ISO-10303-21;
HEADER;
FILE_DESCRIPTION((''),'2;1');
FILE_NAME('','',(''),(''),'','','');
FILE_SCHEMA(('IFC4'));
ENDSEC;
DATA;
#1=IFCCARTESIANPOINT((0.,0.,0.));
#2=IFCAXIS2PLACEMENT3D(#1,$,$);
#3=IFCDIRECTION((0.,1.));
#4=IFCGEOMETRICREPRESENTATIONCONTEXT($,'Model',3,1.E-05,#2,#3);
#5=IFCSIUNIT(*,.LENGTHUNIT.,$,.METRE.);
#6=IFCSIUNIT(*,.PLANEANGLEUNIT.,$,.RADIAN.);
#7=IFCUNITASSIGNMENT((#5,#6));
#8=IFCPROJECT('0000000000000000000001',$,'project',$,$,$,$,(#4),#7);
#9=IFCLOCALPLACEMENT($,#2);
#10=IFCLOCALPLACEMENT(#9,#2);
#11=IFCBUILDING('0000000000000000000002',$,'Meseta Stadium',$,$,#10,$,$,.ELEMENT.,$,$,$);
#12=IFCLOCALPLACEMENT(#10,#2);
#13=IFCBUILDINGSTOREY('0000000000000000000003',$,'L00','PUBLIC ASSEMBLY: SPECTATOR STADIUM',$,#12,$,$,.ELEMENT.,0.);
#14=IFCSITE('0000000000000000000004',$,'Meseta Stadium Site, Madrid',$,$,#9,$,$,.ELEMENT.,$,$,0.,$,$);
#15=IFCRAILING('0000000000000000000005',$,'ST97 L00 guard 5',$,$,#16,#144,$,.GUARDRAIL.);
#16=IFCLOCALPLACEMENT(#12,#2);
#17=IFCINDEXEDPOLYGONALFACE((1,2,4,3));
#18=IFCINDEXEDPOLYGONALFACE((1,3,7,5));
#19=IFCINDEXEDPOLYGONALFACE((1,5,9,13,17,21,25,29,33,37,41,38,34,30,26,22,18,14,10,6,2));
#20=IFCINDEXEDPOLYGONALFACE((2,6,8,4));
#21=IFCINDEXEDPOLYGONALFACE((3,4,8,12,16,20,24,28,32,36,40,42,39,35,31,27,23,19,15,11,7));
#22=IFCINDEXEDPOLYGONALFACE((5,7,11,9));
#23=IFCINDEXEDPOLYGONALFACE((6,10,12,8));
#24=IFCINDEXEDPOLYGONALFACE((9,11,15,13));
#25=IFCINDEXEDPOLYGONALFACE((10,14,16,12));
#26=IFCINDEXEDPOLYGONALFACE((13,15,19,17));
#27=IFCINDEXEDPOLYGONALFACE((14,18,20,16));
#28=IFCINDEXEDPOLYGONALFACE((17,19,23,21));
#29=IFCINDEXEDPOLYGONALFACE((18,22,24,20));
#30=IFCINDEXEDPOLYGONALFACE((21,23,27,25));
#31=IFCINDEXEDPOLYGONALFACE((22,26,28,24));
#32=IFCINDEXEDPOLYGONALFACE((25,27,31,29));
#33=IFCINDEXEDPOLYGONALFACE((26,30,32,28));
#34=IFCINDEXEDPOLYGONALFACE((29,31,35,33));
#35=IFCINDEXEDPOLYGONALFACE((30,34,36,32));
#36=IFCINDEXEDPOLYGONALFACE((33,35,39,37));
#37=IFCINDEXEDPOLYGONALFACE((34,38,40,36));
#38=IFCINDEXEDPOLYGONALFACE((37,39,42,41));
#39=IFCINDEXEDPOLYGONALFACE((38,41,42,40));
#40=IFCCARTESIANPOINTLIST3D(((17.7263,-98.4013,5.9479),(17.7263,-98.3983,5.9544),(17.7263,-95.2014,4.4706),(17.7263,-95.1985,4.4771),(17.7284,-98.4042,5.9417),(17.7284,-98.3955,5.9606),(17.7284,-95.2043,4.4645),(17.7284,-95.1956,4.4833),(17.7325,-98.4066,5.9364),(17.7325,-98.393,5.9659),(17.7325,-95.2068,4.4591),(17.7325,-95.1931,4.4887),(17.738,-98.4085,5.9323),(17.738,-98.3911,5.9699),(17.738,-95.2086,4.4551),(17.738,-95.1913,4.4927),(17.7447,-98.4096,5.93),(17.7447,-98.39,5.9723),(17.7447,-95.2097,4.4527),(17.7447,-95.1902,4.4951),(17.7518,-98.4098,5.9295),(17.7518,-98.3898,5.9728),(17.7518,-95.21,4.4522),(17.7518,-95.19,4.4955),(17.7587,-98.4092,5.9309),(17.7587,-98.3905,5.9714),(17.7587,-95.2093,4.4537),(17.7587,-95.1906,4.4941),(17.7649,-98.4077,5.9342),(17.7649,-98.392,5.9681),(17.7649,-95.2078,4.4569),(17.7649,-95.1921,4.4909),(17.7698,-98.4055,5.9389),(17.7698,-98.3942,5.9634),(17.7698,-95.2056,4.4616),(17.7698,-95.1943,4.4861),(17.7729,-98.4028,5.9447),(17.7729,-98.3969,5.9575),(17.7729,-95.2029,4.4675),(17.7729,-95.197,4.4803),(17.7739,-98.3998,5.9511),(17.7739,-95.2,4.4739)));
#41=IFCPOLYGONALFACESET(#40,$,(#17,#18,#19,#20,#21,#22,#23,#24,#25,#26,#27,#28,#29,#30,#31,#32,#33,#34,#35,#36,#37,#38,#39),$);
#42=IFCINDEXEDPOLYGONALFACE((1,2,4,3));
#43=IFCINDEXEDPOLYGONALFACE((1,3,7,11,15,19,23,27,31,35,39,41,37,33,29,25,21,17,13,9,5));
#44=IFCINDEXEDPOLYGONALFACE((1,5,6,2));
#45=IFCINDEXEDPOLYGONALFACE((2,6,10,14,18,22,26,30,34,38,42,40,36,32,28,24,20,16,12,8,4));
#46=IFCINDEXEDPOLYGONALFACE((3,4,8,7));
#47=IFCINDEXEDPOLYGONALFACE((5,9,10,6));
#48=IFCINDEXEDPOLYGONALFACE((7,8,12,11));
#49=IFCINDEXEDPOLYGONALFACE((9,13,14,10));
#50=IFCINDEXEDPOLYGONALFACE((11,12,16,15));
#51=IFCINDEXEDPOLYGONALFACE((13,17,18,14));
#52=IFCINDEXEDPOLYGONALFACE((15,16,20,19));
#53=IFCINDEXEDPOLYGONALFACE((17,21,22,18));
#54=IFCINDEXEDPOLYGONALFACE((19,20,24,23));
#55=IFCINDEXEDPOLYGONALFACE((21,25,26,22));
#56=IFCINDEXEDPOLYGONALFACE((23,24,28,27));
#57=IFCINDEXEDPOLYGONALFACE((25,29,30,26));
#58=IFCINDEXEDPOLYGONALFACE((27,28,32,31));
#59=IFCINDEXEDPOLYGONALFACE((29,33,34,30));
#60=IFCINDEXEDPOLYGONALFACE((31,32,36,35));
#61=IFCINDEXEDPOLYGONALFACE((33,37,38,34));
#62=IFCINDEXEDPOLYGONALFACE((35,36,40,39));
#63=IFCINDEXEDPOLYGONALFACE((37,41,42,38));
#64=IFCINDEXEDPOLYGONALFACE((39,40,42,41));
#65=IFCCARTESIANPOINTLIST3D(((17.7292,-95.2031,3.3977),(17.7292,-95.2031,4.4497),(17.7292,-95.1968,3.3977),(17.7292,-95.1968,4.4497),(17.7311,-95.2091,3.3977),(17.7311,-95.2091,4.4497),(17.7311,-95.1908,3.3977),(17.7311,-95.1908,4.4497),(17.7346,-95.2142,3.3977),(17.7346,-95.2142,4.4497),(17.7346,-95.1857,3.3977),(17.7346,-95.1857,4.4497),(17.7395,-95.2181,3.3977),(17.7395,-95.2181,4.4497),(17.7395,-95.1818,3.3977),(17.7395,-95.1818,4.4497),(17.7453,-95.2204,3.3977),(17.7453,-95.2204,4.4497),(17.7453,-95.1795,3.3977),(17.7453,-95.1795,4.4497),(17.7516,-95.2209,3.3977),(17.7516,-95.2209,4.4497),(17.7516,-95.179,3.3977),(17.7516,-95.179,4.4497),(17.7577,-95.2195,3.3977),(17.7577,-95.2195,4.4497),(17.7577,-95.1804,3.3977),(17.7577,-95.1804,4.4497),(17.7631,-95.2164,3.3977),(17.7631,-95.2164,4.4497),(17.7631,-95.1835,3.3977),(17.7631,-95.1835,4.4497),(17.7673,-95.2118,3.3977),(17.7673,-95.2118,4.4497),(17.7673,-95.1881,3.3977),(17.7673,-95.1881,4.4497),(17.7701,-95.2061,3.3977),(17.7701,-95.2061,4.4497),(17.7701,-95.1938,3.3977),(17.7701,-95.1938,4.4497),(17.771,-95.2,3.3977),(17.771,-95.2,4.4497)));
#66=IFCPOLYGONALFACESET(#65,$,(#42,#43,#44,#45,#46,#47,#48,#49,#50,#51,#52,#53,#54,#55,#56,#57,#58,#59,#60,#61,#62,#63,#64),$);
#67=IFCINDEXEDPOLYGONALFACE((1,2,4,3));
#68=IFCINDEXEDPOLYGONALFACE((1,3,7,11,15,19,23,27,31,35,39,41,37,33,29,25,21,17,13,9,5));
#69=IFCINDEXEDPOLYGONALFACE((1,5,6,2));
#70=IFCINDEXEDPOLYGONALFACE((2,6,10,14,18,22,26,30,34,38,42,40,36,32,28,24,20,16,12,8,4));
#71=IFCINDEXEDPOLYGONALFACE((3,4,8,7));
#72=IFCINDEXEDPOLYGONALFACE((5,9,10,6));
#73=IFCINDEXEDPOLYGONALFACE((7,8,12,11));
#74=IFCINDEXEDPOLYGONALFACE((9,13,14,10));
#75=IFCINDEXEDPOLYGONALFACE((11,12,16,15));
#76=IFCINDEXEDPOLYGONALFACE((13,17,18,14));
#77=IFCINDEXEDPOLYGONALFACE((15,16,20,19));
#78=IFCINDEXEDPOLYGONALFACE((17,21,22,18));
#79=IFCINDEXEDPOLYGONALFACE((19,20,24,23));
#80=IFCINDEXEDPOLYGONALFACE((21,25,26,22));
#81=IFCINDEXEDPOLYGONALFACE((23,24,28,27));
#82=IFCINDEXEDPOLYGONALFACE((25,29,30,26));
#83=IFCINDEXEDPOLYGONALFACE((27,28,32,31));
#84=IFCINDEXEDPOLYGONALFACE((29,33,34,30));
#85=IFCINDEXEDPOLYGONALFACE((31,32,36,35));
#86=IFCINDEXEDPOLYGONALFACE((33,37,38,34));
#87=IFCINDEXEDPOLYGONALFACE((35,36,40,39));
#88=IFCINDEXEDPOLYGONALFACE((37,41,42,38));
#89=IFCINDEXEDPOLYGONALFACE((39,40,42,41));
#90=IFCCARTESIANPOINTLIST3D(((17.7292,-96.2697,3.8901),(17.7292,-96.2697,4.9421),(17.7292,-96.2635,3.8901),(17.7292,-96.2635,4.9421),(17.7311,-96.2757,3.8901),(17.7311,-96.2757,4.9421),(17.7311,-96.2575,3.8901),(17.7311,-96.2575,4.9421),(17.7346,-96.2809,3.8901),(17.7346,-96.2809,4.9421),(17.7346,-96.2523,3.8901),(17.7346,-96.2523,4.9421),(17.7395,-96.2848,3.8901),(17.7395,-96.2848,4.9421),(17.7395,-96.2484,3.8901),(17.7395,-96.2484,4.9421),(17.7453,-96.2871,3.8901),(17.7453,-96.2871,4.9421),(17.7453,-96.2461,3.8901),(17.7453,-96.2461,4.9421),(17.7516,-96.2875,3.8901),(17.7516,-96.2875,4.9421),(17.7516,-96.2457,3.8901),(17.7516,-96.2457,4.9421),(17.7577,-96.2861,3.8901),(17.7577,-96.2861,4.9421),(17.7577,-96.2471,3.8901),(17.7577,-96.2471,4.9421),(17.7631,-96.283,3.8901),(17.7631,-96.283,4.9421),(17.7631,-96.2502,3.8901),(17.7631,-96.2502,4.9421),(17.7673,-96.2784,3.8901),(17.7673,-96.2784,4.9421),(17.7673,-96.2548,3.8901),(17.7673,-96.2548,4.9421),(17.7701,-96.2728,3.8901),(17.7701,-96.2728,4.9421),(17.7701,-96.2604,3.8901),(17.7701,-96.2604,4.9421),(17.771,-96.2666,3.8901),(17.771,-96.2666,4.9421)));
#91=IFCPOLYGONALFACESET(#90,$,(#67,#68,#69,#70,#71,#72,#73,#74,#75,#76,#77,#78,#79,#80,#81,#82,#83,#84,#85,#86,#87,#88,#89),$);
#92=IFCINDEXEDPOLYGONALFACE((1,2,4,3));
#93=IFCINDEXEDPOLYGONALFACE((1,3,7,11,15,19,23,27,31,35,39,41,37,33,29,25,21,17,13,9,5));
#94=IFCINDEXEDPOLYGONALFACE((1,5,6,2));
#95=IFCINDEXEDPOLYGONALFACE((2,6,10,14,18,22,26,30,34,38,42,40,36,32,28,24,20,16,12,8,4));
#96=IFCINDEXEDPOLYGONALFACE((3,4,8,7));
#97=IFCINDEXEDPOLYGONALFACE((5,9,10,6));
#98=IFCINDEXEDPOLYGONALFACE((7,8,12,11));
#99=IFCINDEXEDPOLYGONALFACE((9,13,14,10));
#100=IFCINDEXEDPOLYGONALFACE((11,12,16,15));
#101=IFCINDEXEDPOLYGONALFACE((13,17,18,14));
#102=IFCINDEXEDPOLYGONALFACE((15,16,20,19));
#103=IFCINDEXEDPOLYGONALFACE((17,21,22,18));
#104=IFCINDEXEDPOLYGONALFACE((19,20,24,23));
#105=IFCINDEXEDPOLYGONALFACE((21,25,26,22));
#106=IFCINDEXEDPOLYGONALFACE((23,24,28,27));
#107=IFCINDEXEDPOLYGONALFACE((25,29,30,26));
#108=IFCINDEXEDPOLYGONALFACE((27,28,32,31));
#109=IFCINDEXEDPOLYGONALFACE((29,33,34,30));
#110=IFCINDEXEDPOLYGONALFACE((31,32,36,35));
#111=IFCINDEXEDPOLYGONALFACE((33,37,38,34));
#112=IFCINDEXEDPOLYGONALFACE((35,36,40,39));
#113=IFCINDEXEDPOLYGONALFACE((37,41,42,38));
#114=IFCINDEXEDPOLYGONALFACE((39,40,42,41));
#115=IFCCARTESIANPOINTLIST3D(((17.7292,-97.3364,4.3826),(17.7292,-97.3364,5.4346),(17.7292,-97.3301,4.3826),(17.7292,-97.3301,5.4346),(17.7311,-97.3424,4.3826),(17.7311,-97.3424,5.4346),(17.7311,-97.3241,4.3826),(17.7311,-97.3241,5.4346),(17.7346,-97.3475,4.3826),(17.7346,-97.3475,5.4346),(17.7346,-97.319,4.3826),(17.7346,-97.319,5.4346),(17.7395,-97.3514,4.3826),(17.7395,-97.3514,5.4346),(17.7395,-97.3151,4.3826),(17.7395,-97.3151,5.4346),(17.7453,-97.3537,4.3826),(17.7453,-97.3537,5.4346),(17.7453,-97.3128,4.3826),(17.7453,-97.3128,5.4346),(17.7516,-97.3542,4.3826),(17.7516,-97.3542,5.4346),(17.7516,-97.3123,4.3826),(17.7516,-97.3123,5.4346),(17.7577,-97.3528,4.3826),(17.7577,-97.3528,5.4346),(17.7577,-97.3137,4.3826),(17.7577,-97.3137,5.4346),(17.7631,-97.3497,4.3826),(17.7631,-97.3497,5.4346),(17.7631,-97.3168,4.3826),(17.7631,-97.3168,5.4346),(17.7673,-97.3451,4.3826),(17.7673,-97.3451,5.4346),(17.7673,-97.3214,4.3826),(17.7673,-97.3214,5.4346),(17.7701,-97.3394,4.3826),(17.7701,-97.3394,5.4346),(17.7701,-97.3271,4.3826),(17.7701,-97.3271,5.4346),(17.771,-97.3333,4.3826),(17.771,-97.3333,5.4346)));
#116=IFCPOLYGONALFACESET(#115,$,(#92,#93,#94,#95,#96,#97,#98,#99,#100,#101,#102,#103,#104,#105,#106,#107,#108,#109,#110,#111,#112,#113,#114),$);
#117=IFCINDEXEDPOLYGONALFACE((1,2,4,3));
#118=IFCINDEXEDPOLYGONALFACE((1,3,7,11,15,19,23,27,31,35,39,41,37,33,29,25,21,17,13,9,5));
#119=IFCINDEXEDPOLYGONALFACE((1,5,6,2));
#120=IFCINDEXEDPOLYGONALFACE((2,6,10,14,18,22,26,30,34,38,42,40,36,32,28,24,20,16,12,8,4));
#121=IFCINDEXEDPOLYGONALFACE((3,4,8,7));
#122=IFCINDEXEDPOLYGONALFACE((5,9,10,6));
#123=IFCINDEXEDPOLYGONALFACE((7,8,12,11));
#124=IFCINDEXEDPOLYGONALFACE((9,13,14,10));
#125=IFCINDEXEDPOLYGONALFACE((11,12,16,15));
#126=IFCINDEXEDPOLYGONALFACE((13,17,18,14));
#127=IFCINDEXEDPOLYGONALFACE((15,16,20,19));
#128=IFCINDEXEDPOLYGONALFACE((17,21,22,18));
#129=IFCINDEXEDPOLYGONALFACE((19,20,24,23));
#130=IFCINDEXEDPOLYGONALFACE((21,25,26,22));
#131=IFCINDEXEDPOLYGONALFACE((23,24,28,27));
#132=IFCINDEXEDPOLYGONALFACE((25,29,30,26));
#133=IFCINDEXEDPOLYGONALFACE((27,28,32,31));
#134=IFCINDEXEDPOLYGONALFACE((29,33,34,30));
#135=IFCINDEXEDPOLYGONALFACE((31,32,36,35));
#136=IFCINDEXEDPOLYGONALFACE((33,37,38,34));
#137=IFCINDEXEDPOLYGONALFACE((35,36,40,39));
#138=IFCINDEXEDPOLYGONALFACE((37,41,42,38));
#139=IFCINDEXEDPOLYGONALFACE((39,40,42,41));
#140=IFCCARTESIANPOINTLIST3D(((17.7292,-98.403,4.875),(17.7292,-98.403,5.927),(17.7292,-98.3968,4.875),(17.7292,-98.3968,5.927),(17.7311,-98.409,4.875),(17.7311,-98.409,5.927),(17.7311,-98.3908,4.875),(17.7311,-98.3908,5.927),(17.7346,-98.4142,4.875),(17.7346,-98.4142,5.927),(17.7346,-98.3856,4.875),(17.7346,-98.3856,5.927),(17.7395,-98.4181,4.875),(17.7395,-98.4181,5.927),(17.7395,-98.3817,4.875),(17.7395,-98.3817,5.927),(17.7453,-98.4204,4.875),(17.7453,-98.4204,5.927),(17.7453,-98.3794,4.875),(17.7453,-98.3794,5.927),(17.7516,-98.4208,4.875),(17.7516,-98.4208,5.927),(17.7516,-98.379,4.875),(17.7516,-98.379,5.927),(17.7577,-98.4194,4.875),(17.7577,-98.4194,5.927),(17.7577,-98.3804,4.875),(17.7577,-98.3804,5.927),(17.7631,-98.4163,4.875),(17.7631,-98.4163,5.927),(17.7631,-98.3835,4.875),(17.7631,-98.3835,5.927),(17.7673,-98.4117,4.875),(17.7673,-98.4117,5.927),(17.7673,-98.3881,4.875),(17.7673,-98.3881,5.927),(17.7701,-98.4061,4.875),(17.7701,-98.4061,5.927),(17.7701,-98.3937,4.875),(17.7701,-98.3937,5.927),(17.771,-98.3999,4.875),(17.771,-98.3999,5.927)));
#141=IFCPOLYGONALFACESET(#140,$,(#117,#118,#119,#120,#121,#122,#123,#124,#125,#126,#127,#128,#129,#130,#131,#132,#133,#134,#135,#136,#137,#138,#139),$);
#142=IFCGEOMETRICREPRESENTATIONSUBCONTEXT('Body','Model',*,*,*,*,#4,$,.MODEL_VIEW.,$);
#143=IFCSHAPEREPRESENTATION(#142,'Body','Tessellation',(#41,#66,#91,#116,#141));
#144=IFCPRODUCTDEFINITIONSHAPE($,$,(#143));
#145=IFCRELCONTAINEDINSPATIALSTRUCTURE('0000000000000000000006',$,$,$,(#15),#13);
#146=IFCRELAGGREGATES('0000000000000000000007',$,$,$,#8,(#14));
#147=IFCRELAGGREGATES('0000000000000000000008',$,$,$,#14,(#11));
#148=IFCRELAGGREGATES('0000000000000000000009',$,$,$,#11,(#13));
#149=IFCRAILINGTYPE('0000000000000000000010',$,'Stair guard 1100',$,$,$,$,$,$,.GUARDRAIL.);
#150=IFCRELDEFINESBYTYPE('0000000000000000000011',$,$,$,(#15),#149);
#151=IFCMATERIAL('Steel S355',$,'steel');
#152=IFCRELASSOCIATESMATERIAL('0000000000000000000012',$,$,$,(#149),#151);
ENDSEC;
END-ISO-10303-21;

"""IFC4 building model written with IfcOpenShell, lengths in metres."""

from ifc_helpers import new_model, si_unit, direction, frame, origin, origin_2d, place, context, subcontext, project, spatial, circle, extrude, material, type_object, element, save


model = new_model("IFC4")

# Units and contexts
model_context = context("Model", 3, precision=1e-05, world=origin(), true_north=direction((0.0, 1.0)))
body_context = subcontext(model_context, "Body", "Model", "MODEL_VIEW")
ifc_project = project(units=[si_unit("LENGTHUNIT", "METRE"), si_unit("PLANEANGLEUNIT", "RADIAN")], contexts=[model_context])

# Site, building, storey
site_placement = place(None, origin())
site = spatial("IfcSite", under=ifc_project, at=site_placement, Name="Meseta Stadium Site, Madrid", CompositionType="ELEMENT", RefElevation=0.0)
building_placement = place(site_placement, origin())
building = spatial("IfcBuilding", under=site, at=building_placement, Name="Meseta Stadium", CompositionType="ELEMENT")
storey_placement = place(building_placement, origin())
storey = spatial("IfcBuildingStorey", under=building, at=storey_placement, Name="L00", Description="PUBLIC ASSEMBLY: SPECTATOR STADIUM", CompositionType="ELEMENT", Elevation=0.0)

# Railing
ifc_material_1 = material(Name="Steel S355", Category="steel")
railing_type_1 = type_object("IfcRailingType", Name="Stair guard 1100", PredefinedType="GUARDRAIL", material=ifc_material_1)
railing_1_placement = place(storey_placement, frame((17.75, -95.2, 3.3977)))
element("IfcRailing", 1, at=railing_1_placement, inside=storey, type_object=railing_type_1, Name="ST97 L00 guard 5", PredefinedType="GUARDRAIL", context=body_context, shape_type="SweptSolid", body=[
    extrude(circle(Radius=0.0239, at=origin_2d()), frame((0.0, 0.0, 1.0762), z_axis=(0.0, -0.907917, 0.41915), x_axis=(1.0, 0.0, 0.0)), (0.0, 0.0, 1.0), 3.5244),
    extrude(circle(Radius=0.021, at=origin_2d()), origin(), (0.0, 0.0, 1.0), 1.052),
    extrude(circle(Radius=0.021, at=origin_2d()), frame((0.0, -1.0667, 0.4924)), (0.0, 0.0, 1.0), 1.052),
    extrude(circle(Radius=0.021, at=origin_2d()), frame((0.0, -2.1333, 0.9849)), (0.0, 0.0, 1.0), 1.052),
    extrude(circle(Radius=0.021, at=origin_2d()), frame((0.0, -3.2, 1.4773)), (0.0, 0.0, 1.0), 1.052),
])

save(model, "model.ifc")
